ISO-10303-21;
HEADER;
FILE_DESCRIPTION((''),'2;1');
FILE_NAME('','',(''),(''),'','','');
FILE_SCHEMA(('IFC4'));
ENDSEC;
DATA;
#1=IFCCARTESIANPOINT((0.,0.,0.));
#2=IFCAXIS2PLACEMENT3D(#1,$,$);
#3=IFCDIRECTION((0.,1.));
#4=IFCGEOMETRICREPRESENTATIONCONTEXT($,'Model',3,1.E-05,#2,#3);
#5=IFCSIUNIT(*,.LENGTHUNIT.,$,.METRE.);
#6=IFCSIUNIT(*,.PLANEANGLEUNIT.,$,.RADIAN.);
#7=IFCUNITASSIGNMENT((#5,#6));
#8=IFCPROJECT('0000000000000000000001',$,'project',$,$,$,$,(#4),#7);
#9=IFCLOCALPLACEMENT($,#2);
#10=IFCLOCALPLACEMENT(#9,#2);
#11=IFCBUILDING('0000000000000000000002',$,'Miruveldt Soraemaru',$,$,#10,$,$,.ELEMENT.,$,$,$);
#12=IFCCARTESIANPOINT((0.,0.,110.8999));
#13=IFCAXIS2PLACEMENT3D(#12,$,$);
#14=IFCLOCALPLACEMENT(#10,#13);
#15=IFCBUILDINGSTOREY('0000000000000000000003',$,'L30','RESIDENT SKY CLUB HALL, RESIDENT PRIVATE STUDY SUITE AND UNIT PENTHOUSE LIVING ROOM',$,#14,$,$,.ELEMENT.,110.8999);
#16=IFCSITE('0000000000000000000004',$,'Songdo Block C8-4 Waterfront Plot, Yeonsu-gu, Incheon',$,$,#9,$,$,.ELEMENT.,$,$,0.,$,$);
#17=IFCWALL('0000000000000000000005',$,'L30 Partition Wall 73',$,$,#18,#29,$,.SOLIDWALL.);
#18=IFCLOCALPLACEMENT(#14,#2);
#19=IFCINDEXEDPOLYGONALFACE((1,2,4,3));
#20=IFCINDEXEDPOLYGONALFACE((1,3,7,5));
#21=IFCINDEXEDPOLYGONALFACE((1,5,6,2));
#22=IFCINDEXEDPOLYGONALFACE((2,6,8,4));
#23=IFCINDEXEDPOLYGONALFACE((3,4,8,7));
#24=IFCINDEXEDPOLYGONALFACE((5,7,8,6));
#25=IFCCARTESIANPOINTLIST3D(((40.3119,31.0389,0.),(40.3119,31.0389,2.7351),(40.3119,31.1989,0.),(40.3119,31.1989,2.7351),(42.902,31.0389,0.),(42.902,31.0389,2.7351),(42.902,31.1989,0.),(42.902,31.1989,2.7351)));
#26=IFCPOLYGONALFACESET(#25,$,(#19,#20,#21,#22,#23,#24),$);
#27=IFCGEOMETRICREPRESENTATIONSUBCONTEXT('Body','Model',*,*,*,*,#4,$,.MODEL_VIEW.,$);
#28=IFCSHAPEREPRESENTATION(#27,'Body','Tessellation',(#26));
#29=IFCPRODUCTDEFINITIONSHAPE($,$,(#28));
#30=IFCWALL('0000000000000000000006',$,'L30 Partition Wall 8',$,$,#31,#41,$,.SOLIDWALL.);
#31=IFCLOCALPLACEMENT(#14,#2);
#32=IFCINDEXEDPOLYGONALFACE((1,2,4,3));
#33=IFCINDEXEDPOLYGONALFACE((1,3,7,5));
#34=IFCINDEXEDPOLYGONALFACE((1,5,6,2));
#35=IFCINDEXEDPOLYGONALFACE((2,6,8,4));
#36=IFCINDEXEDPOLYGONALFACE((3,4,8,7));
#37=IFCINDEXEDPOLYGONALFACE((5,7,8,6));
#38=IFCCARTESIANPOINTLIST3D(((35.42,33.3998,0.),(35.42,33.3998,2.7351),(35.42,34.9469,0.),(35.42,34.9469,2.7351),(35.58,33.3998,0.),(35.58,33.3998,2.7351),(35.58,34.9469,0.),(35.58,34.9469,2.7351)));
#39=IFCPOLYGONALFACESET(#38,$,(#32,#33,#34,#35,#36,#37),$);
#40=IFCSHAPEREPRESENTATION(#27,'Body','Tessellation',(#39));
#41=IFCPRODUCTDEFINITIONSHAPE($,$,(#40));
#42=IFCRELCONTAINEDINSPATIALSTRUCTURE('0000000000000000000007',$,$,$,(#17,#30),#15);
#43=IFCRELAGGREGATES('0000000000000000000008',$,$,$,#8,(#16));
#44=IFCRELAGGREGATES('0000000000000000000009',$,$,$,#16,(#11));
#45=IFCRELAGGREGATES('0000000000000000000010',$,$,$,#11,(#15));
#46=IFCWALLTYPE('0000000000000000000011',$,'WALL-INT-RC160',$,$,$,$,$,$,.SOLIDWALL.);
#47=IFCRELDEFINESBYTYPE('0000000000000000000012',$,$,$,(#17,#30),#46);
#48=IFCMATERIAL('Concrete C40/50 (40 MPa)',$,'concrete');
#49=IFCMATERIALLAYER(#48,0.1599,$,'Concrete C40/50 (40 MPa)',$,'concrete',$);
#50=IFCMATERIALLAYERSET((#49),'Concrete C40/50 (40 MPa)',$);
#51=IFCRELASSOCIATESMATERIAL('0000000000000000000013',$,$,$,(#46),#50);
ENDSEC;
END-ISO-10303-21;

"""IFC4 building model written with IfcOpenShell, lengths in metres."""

from ifc_helpers import new_model, si_unit, direction, frame, frame_2d, origin, place, context, subcontext, project, spatial, rectangle, extrude, material, layer, layer_set, type_object, element, save


model = new_model("IFC4")

# Units and contexts
model_context = context("Model", 3, precision=1e-05, world=origin(), true_north=direction((0.0, 1.0)))
body_context = subcontext(model_context, "Body", "Model", "MODEL_VIEW")
ifc_project = project(units=[si_unit("LENGTHUNIT", "METRE"), si_unit("PLANEANGLEUNIT", "RADIAN")], contexts=[model_context])

# Site, building, storey
site_placement = place(None, origin())
site = spatial("IfcSite", under=ifc_project, at=site_placement, Name="Songdo Block C8-4 Waterfront Plot, Yeonsu-gu, Incheon", CompositionType="ELEMENT", RefElevation=0.0)
building_placement = place(site_placement, origin())
building = spatial("IfcBuilding", under=site, at=building_placement, Name="Miruveldt Soraemaru", CompositionType="ELEMENT")
storey_placement = place(building_placement, frame((0.0, 0.0, 110.8999)))
storey = spatial("IfcBuildingStorey", under=building, at=storey_placement, Name="L30", Description="RESIDENT SKY CLUB HALL, RESIDENT PRIVATE STUDY SUITE AND UNIT PENTHOUSE LIVING ROOM", CompositionType="ELEMENT", Elevation=110.8999)

# Shared definitions
ifc_material_1 = material(Name="Concrete C40/50 (40 MPa)", Category="concrete")
ifc_layer_1 = layer(ifc_material_1, 0.1599, Name="Concrete C40/50 (40 MPa)", Category="concrete")
ifc_layer_set_1 = layer_set([ifc_layer_1], Name="Concrete C40/50 (40 MPa)")
wall_type_1 = type_object("IfcWallType", Name="WALL-INT-RC160", PredefinedType="SOLIDWALL", material=ifc_layer_set_1)

# Walls
wall_1_placement = place(storey_placement, frame((40.312, 31.1189, 0.0), z_axis=(0.0, 0.0, 1.0), x_axis=(1.0, 0.0, 0.0)))
element("IfcWall", 1, at=wall_1_placement, inside=storey, type_object=wall_type_1, Name="L30 Partition Wall 73", PredefinedType="SOLIDWALL", context=body_context, shape_type="SweptSolid", body=[
    extrude(rectangle(XDim=2.5901, YDim=0.1599, at=frame_2d((1.2949, 0.0))), origin(), (0.0, 0.0, 1.0), 2.7351),
])
wall_2_placement = place(storey_placement, frame((35.5, 33.3999, 0.0), z_axis=(0.0, 0.0, 1.0), x_axis=(0.0, 1.0, 0.0)))
element("IfcWall", 2, at=wall_2_placement, inside=storey, type_object=wall_type_1, Name="L30 Partition Wall 8", PredefinedType="SOLIDWALL", context=body_context, shape_type="SweptSolid", body=[
    extrude(rectangle(XDim=1.5471, YDim=0.1599, at=frame_2d((0.7734, 0.0))), origin(), (0.0, 0.0, 1.0), 2.7351),
])

save(model, "model.ifc")
